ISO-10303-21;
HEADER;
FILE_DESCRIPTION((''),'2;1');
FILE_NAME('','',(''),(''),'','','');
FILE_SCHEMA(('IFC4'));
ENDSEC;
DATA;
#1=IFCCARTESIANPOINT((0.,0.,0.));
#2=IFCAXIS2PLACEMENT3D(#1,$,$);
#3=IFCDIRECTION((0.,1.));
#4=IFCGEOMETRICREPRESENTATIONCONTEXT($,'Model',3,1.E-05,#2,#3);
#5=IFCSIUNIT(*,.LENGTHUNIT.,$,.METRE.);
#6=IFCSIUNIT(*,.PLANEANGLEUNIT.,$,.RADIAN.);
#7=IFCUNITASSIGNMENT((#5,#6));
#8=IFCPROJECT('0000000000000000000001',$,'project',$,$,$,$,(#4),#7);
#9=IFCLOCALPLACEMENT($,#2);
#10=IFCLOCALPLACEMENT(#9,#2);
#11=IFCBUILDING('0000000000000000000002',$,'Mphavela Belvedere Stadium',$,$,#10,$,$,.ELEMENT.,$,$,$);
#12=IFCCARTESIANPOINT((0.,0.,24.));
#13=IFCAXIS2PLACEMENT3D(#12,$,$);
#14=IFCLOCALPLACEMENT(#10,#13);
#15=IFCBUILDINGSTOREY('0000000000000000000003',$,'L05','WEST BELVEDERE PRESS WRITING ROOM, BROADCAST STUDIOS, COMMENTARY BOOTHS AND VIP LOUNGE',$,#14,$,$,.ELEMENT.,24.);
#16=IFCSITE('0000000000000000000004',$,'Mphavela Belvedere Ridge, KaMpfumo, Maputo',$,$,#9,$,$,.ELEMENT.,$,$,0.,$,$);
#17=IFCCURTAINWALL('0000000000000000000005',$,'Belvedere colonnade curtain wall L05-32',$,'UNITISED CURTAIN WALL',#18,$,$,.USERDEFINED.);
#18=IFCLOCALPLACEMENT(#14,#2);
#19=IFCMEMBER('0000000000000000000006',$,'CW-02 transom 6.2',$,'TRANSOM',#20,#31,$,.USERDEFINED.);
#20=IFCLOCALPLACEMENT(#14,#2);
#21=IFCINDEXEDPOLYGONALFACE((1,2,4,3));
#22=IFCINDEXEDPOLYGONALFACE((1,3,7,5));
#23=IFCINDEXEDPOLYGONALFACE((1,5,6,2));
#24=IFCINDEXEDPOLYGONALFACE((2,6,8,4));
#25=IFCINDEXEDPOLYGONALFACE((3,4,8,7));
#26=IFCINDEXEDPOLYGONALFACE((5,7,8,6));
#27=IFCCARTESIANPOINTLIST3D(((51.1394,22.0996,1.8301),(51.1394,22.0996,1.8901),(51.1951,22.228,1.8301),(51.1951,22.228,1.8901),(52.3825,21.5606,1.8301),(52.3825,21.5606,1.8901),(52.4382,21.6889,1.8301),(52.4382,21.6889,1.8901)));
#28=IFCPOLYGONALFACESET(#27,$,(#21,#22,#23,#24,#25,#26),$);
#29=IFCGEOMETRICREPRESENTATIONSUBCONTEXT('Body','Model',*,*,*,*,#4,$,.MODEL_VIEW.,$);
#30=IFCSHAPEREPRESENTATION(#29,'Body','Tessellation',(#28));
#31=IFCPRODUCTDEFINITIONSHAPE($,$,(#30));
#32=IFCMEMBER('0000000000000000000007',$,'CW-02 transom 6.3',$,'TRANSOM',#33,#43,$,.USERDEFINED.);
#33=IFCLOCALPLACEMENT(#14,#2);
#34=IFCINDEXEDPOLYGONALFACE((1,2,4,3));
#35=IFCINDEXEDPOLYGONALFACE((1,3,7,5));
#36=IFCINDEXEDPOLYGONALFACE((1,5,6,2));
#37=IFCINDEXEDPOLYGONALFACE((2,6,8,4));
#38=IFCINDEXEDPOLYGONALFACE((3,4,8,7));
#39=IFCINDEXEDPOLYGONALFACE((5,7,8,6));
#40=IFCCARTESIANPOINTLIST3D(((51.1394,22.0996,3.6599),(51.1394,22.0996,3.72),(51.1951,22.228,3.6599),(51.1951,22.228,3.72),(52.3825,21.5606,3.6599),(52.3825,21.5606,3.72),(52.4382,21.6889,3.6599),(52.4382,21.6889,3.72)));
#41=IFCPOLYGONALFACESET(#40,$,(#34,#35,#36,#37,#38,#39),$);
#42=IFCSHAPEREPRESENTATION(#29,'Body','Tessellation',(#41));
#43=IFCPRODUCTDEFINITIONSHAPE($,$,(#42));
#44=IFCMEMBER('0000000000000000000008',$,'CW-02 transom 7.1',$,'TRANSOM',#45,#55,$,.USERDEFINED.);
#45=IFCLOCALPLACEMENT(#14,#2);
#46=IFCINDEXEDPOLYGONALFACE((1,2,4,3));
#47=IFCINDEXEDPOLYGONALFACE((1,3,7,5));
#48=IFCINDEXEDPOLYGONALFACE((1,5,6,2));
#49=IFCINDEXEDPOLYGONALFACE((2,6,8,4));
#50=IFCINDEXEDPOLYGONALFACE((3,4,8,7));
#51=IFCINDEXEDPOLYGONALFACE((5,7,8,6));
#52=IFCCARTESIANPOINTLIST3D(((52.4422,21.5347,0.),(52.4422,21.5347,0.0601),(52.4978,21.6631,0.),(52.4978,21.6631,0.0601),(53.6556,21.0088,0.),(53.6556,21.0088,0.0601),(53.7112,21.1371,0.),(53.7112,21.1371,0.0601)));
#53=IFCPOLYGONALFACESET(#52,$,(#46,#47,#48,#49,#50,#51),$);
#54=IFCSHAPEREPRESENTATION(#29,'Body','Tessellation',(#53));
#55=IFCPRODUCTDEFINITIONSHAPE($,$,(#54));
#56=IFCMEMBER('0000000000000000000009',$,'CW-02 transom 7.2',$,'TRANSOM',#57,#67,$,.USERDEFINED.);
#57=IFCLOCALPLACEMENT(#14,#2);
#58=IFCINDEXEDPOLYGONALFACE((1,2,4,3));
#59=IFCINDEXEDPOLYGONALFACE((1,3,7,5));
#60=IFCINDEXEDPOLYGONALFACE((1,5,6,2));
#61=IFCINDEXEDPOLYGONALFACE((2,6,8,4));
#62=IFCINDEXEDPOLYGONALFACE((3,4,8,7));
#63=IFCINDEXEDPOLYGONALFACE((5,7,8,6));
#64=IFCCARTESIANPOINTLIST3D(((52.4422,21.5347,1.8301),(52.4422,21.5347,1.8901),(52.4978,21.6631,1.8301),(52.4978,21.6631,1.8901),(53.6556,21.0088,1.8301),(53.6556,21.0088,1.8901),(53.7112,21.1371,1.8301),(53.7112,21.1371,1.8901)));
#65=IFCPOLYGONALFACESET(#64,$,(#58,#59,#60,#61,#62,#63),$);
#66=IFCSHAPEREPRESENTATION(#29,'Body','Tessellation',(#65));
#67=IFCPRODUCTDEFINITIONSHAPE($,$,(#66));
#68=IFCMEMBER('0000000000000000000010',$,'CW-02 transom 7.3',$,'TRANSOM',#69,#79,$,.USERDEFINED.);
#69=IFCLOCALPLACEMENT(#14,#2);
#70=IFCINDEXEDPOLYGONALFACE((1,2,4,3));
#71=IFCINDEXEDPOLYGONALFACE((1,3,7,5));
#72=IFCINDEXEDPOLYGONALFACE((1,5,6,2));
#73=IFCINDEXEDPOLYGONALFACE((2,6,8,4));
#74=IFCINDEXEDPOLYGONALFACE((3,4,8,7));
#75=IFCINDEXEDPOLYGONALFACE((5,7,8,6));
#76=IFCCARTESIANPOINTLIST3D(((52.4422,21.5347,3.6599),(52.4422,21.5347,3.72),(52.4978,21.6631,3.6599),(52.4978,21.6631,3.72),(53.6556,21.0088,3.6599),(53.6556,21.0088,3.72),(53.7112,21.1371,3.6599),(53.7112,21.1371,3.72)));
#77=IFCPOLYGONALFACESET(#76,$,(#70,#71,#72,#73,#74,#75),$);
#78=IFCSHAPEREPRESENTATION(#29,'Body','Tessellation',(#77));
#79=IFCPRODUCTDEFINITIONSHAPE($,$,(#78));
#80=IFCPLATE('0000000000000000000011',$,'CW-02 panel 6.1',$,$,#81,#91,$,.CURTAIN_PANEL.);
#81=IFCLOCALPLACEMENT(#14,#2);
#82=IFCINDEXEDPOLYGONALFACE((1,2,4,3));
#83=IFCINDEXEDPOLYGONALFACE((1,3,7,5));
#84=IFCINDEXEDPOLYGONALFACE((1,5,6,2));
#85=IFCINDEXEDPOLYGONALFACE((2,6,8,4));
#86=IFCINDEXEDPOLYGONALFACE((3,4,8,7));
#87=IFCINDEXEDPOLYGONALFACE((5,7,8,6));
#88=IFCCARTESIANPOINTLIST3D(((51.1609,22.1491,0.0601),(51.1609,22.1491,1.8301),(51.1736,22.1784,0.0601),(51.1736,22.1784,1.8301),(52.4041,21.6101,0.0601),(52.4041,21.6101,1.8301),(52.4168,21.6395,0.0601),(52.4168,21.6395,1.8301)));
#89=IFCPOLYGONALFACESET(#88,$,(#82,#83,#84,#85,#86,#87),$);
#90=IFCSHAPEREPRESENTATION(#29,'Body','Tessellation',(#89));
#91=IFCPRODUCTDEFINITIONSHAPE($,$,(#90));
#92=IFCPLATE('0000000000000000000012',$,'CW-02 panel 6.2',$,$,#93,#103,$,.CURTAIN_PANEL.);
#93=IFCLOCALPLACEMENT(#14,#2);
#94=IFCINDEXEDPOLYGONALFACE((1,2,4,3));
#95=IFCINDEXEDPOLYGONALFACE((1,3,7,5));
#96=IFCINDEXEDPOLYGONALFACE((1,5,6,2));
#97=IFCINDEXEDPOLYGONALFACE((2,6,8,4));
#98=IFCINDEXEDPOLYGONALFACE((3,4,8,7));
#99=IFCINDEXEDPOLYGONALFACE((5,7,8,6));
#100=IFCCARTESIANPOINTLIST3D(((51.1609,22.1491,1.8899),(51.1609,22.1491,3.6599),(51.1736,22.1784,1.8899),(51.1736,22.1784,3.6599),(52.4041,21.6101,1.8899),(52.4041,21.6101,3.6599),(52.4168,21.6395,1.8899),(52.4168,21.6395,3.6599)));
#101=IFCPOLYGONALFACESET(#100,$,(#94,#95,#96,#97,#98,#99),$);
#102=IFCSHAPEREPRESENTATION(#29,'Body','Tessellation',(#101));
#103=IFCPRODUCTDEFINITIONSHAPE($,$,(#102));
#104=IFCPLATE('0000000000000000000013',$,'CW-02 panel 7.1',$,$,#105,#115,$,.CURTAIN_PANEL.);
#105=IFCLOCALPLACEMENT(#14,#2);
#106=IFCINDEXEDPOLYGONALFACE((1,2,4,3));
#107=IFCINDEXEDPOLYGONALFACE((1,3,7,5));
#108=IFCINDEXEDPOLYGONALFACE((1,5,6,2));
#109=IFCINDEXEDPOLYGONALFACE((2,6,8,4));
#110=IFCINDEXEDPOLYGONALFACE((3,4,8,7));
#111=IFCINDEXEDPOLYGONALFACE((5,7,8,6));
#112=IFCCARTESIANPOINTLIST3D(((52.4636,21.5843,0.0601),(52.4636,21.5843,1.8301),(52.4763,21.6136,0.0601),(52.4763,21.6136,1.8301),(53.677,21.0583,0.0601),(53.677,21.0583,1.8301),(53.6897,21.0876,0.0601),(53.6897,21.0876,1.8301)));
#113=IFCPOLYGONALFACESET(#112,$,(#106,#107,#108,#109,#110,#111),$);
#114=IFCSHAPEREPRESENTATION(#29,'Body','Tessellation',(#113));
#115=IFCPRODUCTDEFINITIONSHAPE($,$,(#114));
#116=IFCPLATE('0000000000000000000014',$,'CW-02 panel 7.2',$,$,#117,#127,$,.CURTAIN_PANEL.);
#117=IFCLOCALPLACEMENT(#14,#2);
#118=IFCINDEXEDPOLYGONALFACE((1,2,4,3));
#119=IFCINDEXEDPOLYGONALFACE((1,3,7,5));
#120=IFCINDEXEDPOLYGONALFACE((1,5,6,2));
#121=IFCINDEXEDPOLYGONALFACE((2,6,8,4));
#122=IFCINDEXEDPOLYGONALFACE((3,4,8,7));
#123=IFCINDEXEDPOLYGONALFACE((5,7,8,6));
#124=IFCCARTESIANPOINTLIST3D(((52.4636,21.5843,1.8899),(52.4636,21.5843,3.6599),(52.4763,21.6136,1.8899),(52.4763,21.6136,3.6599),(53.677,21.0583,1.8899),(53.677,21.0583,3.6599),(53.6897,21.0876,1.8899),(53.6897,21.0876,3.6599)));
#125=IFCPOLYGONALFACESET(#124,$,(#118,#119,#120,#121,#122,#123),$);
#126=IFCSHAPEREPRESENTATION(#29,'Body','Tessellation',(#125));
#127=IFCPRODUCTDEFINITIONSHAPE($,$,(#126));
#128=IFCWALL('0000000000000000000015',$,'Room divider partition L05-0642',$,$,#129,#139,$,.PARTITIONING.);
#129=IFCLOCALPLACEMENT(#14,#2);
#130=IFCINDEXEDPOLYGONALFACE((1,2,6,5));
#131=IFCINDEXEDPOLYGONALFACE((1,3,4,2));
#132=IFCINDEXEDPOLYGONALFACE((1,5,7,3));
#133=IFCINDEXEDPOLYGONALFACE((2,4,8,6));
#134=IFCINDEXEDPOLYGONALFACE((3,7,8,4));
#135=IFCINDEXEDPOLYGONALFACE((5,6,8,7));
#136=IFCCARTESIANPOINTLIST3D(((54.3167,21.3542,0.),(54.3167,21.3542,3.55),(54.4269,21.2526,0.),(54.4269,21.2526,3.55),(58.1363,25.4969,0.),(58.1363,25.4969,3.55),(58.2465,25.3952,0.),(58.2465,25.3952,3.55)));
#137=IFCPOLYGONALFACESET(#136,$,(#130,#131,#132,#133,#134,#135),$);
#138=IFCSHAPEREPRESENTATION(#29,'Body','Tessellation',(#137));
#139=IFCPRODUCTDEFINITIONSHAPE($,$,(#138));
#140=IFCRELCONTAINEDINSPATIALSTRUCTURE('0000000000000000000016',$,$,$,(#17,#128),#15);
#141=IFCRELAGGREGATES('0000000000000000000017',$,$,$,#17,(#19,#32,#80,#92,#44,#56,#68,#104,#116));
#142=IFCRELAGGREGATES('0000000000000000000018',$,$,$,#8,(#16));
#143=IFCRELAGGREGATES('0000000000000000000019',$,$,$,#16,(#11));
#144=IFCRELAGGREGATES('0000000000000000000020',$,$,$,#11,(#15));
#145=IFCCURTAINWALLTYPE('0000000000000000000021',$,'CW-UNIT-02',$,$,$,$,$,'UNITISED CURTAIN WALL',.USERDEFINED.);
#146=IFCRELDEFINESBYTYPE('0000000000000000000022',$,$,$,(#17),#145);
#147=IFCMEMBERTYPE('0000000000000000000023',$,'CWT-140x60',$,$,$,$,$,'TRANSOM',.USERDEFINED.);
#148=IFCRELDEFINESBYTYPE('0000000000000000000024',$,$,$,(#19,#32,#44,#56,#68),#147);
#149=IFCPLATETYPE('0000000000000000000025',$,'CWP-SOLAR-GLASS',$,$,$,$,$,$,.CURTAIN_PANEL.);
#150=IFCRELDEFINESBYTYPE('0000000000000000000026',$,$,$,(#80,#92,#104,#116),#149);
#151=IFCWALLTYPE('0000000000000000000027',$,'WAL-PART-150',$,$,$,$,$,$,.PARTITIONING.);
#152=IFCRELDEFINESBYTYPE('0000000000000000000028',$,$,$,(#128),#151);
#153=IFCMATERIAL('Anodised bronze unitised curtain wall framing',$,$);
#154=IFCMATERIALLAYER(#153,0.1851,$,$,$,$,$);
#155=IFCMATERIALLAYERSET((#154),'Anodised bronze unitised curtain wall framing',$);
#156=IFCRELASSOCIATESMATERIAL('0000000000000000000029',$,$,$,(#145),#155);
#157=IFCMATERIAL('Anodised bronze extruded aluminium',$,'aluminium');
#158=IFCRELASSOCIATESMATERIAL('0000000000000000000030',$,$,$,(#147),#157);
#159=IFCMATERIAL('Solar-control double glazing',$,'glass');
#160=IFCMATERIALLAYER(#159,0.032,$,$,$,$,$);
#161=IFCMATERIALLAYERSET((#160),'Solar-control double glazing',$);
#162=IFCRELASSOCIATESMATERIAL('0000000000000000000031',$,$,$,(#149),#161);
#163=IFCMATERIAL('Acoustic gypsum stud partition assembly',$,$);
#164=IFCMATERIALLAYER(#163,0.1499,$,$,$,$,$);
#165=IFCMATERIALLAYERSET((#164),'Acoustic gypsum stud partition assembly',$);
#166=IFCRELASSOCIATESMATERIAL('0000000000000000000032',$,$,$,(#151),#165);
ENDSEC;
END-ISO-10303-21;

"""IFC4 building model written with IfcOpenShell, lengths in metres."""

from ifc_helpers import new_model, si_unit, direction, frame, frame_2d, origin, origin_2d, place, context, subcontext, project, spatial, rectangle, extrude, material, layer, layer_set, material_profile, profile_set, type_object, element, aggregate, save


model = new_model("IFC4")

# Units and contexts
model_context = context("Model", 3, precision=1e-05, world=origin(), true_north=direction((0.0, 1.0)))
body_context = subcontext(model_context, "Body", "Model", "MODEL_VIEW")
ifc_project = project(units=[si_unit("LENGTHUNIT", "METRE"), si_unit("PLANEANGLEUNIT", "RADIAN")], contexts=[model_context])

# Site, building, storey
site_placement = place(None, origin())
site = spatial("IfcSite", under=ifc_project, at=site_placement, Name="Mphavela Belvedere Ridge, KaMpfumo, Maputo", CompositionType="ELEMENT", RefElevation=0.0)
building_placement = place(site_placement, origin())
building = spatial("IfcBuilding", under=site, at=building_placement, Name="Mphavela Belvedere Stadium", CompositionType="ELEMENT")
storey_placement = place(building_placement, frame((0.0, 0.0, 24.0)))
storey = spatial("IfcBuildingStorey", under=building, at=storey_placement, Name="L05", Description="WEST BELVEDERE PRESS WRITING ROOM, BROADCAST STUDIOS, COMMENTARY BOOTHS AND VIP LOUNGE", CompositionType="ELEMENT", Elevation=24.0)

# Curtain wall, members, plates
ifc_material_1 = material(Name="Anodised bronze unitised curtain wall framing")
ifc_layer_1 = layer(ifc_material_1, 0.1851)
ifc_layer_set_1 = layer_set([ifc_layer_1], Name="Anodised bronze unitised curtain wall framing")
curtain_wall_type = type_object("IfcCurtainWallType", Name="CW-UNIT-02", ElementType="UNITISED CURTAIN WALL", PredefinedType="USERDEFINED", material=ifc_layer_set_1)
curtain_wall_placement = place(storey_placement, origin())
curtain_wall = element("IfcCurtainWall", 1, at=curtain_wall_placement, inside=storey, type_object=curtain_wall_type, Name="Belvedere colonnade curtain wall L05-32", ObjectType="UNITISED CURTAIN WALL", PredefinedType="USERDEFINED")
ifc_material_2 = material(Name="Anodised bronze extruded aluminium", Category="aluminium")
ifc_material_profile_1 = material_profile(ifc_material_2, rectangle(XDim=0.1399, YDim=0.0601, at=origin_2d()), Name="CW-TRN 140x60")
ifc_profile_set_1 = profile_set([ifc_material_profile_1], Name="Anodised bronze extruded aluminium")
member_type_1 = type_object("IfcMemberType", Name="CWT-140x60", ElementType="TRANSOM", PredefinedType="USERDEFINED", material=ifc_profile_set_1)
member_1_placement = place(storey_placement, frame((51.1672, 22.1638, 1.8601), z_axis=(0.917459, -0.39783, 0.0), x_axis=(0.39783, 0.917459, 0.0)))
member_1 = element("IfcMember", 2, at=member_1_placement, type_object=member_type_1, Name="CW-02 transom 6.2", ObjectType="TRANSOM", PredefinedType="USERDEFINED", context=body_context, shape_type="SweptSolid", body=[
    extrude(rectangle(XDim=0.1399, YDim=0.0601, at=origin_2d()), origin(), (0.0, 0.0, 1.0), 1.355),
])
member_2_placement = place(storey_placement, frame((51.1672, 22.1638, 3.6899), z_axis=(0.917459, -0.39783, 0.0), x_axis=(0.39783, 0.917459, 0.0)))
member_2 = element("IfcMember", 3, at=member_2_placement, type_object=member_type_1, Name="CW-02 transom 6.3", ObjectType="TRANSOM", PredefinedType="USERDEFINED", context=body_context, shape_type="SweptSolid", body=[
    extrude(rectangle(XDim=0.1399, YDim=0.0601, at=origin_2d()), origin(), (0.0, 0.0, 1.0), 1.355),
])
member_3_placement = place(storey_placement, frame((52.47, 21.5989, 0.03), z_axis=(0.917533, -0.397659, 0.0), x_axis=(0.397659, 0.917533, 0.0)))
member_3 = element("IfcMember", 4, at=member_3_placement, type_object=member_type_1, Name="CW-02 transom 7.1", ObjectType="TRANSOM", PredefinedType="USERDEFINED", context=body_context, shape_type="SweptSolid", body=[
    extrude(rectangle(XDim=0.1399, YDim=0.0601, at=origin_2d()), origin(), (0.0, 0.0, 1.0), 1.3225),
])
member_4_placement = place(storey_placement, frame((52.47, 21.5989, 1.8601), z_axis=(0.917533, -0.397659, 0.0), x_axis=(0.397659, 0.917533, 0.0)))
member_4 = element("IfcMember", 5, at=member_4_placement, type_object=member_type_1, Name="CW-02 transom 7.2", ObjectType="TRANSOM", PredefinedType="USERDEFINED", context=body_context, shape_type="SweptSolid", body=[
    extrude(rectangle(XDim=0.1399, YDim=0.0601, at=origin_2d()), origin(), (0.0, 0.0, 1.0), 1.3225),
])
member_5_placement = place(storey_placement, frame((52.47, 21.5989, 3.6899), z_axis=(0.917533, -0.397659, 0.0), x_axis=(0.397659, 0.917533, 0.0)))
member_5 = element("IfcMember", 6, at=member_5_placement, type_object=member_type_1, Name="CW-02 transom 7.3", ObjectType="TRANSOM", PredefinedType="USERDEFINED", context=body_context, shape_type="SweptSolid", body=[
    extrude(rectangle(XDim=0.1399, YDim=0.0601, at=origin_2d()), origin(), (0.0, 0.0, 1.0), 1.3225),
])
ifc_material_3 = material(Name="Solar-control double glazing", Category="glass")
ifc_layer_2 = layer(ifc_material_3, 0.032)
ifc_layer_set_2 = layer_set([ifc_layer_2], Name="Solar-control double glazing")
plate_type = type_object("IfcPlateType", Name="CWP-SOLAR-GLASS", PredefinedType="CURTAIN_PANEL", material=ifc_layer_set_2)
plate_1_placement = place(storey_placement, frame((51.7888, 21.8943, 0.0601), z_axis=(0.0, 0.0, 1.0), x_axis=(0.917497, -0.397743, 0.0)))
plate_1 = element("IfcPlate", 7, at=plate_1_placement, type_object=plate_type, Name="CW-02 panel 6.1", PredefinedType="CURTAIN_PANEL", context=body_context, shape_type="SweptSolid", body=[
    extrude(rectangle(XDim=1.355, YDim=0.032, at=origin_2d()), origin(), (0.0, 0.0, 1.0), 1.77),
])
plate_2_placement = place(storey_placement, frame((51.7888, 21.8943, 1.8899), z_axis=(0.0, 0.0, 1.0), x_axis=(0.917497, -0.397743, 0.0)))
plate_2 = element("IfcPlate", 8, at=plate_2_placement, type_object=plate_type, Name="CW-02 panel 6.2", PredefinedType="CURTAIN_PANEL", context=body_context, shape_type="SweptSolid", body=[
    extrude(rectangle(XDim=1.355, YDim=0.032, at=origin_2d()), origin(), (0.0, 0.0, 1.0), 1.77),
])
plate_3_placement = place(storey_placement, frame((53.0767, 21.3359, 0.0601), z_axis=(0.0, 0.0, 1.0), x_axis=(0.917497, -0.397743, 0.0)))
plate_3 = element("IfcPlate", 9, at=plate_3_placement, type_object=plate_type, Name="CW-02 panel 7.1", PredefinedType="CURTAIN_PANEL", context=body_context, shape_type="SweptSolid", body=[
    extrude(rectangle(XDim=1.3225, YDim=0.032, at=origin_2d()), origin(), (0.0, 0.0, 1.0), 1.77),
])
plate_4_placement = place(storey_placement, frame((53.0767, 21.3359, 1.8899), z_axis=(0.0, 0.0, 1.0), x_axis=(0.917497, -0.397743, 0.0)))
plate_4 = element("IfcPlate", 10, at=plate_4_placement, type_object=plate_type, Name="CW-02 panel 7.2", PredefinedType="CURTAIN_PANEL", context=body_context, shape_type="SweptSolid", body=[
    extrude(rectangle(XDim=1.3225, YDim=0.032, at=origin_2d()), origin(), (0.0, 0.0, 1.0), 1.77),
])
aggregate(curtain_wall, [member_1, member_2, plate_1, plate_2, member_3, member_4, member_5, plate_3, plate_4])

# Wall
ifc_material_4 = material(Name="Acoustic gypsum stud partition assembly")
ifc_layer_3 = layer(ifc_material_4, 0.1499)
ifc_layer_set_3 = layer_set([ifc_layer_3], Name="Acoustic gypsum stud partition assembly")
wall_type = type_object("IfcWallType", Name="WAL-PART-150", PredefinedType="PARTITIONING", material=ifc_layer_set_3)
wall_placement = place(storey_placement, frame((58.1914, 25.446, 0.0), z_axis=(0.0, 0.0, 1.0), x_axis=(-0.677864, -0.735187, 0.0)))
element("IfcWall", 11, at=wall_placement, inside=storey, type_object=wall_type, Name="Room divider partition L05-0642", PredefinedType="PARTITIONING", context=body_context, shape_type="SweptSolid", body=[
    extrude(rectangle(XDim=5.6348, YDim=0.1499, at=frame_2d((2.8174, 0.0))), origin(), (0.0, 0.0, 1.0), 3.55),
])

save(model, "model.ifc")
